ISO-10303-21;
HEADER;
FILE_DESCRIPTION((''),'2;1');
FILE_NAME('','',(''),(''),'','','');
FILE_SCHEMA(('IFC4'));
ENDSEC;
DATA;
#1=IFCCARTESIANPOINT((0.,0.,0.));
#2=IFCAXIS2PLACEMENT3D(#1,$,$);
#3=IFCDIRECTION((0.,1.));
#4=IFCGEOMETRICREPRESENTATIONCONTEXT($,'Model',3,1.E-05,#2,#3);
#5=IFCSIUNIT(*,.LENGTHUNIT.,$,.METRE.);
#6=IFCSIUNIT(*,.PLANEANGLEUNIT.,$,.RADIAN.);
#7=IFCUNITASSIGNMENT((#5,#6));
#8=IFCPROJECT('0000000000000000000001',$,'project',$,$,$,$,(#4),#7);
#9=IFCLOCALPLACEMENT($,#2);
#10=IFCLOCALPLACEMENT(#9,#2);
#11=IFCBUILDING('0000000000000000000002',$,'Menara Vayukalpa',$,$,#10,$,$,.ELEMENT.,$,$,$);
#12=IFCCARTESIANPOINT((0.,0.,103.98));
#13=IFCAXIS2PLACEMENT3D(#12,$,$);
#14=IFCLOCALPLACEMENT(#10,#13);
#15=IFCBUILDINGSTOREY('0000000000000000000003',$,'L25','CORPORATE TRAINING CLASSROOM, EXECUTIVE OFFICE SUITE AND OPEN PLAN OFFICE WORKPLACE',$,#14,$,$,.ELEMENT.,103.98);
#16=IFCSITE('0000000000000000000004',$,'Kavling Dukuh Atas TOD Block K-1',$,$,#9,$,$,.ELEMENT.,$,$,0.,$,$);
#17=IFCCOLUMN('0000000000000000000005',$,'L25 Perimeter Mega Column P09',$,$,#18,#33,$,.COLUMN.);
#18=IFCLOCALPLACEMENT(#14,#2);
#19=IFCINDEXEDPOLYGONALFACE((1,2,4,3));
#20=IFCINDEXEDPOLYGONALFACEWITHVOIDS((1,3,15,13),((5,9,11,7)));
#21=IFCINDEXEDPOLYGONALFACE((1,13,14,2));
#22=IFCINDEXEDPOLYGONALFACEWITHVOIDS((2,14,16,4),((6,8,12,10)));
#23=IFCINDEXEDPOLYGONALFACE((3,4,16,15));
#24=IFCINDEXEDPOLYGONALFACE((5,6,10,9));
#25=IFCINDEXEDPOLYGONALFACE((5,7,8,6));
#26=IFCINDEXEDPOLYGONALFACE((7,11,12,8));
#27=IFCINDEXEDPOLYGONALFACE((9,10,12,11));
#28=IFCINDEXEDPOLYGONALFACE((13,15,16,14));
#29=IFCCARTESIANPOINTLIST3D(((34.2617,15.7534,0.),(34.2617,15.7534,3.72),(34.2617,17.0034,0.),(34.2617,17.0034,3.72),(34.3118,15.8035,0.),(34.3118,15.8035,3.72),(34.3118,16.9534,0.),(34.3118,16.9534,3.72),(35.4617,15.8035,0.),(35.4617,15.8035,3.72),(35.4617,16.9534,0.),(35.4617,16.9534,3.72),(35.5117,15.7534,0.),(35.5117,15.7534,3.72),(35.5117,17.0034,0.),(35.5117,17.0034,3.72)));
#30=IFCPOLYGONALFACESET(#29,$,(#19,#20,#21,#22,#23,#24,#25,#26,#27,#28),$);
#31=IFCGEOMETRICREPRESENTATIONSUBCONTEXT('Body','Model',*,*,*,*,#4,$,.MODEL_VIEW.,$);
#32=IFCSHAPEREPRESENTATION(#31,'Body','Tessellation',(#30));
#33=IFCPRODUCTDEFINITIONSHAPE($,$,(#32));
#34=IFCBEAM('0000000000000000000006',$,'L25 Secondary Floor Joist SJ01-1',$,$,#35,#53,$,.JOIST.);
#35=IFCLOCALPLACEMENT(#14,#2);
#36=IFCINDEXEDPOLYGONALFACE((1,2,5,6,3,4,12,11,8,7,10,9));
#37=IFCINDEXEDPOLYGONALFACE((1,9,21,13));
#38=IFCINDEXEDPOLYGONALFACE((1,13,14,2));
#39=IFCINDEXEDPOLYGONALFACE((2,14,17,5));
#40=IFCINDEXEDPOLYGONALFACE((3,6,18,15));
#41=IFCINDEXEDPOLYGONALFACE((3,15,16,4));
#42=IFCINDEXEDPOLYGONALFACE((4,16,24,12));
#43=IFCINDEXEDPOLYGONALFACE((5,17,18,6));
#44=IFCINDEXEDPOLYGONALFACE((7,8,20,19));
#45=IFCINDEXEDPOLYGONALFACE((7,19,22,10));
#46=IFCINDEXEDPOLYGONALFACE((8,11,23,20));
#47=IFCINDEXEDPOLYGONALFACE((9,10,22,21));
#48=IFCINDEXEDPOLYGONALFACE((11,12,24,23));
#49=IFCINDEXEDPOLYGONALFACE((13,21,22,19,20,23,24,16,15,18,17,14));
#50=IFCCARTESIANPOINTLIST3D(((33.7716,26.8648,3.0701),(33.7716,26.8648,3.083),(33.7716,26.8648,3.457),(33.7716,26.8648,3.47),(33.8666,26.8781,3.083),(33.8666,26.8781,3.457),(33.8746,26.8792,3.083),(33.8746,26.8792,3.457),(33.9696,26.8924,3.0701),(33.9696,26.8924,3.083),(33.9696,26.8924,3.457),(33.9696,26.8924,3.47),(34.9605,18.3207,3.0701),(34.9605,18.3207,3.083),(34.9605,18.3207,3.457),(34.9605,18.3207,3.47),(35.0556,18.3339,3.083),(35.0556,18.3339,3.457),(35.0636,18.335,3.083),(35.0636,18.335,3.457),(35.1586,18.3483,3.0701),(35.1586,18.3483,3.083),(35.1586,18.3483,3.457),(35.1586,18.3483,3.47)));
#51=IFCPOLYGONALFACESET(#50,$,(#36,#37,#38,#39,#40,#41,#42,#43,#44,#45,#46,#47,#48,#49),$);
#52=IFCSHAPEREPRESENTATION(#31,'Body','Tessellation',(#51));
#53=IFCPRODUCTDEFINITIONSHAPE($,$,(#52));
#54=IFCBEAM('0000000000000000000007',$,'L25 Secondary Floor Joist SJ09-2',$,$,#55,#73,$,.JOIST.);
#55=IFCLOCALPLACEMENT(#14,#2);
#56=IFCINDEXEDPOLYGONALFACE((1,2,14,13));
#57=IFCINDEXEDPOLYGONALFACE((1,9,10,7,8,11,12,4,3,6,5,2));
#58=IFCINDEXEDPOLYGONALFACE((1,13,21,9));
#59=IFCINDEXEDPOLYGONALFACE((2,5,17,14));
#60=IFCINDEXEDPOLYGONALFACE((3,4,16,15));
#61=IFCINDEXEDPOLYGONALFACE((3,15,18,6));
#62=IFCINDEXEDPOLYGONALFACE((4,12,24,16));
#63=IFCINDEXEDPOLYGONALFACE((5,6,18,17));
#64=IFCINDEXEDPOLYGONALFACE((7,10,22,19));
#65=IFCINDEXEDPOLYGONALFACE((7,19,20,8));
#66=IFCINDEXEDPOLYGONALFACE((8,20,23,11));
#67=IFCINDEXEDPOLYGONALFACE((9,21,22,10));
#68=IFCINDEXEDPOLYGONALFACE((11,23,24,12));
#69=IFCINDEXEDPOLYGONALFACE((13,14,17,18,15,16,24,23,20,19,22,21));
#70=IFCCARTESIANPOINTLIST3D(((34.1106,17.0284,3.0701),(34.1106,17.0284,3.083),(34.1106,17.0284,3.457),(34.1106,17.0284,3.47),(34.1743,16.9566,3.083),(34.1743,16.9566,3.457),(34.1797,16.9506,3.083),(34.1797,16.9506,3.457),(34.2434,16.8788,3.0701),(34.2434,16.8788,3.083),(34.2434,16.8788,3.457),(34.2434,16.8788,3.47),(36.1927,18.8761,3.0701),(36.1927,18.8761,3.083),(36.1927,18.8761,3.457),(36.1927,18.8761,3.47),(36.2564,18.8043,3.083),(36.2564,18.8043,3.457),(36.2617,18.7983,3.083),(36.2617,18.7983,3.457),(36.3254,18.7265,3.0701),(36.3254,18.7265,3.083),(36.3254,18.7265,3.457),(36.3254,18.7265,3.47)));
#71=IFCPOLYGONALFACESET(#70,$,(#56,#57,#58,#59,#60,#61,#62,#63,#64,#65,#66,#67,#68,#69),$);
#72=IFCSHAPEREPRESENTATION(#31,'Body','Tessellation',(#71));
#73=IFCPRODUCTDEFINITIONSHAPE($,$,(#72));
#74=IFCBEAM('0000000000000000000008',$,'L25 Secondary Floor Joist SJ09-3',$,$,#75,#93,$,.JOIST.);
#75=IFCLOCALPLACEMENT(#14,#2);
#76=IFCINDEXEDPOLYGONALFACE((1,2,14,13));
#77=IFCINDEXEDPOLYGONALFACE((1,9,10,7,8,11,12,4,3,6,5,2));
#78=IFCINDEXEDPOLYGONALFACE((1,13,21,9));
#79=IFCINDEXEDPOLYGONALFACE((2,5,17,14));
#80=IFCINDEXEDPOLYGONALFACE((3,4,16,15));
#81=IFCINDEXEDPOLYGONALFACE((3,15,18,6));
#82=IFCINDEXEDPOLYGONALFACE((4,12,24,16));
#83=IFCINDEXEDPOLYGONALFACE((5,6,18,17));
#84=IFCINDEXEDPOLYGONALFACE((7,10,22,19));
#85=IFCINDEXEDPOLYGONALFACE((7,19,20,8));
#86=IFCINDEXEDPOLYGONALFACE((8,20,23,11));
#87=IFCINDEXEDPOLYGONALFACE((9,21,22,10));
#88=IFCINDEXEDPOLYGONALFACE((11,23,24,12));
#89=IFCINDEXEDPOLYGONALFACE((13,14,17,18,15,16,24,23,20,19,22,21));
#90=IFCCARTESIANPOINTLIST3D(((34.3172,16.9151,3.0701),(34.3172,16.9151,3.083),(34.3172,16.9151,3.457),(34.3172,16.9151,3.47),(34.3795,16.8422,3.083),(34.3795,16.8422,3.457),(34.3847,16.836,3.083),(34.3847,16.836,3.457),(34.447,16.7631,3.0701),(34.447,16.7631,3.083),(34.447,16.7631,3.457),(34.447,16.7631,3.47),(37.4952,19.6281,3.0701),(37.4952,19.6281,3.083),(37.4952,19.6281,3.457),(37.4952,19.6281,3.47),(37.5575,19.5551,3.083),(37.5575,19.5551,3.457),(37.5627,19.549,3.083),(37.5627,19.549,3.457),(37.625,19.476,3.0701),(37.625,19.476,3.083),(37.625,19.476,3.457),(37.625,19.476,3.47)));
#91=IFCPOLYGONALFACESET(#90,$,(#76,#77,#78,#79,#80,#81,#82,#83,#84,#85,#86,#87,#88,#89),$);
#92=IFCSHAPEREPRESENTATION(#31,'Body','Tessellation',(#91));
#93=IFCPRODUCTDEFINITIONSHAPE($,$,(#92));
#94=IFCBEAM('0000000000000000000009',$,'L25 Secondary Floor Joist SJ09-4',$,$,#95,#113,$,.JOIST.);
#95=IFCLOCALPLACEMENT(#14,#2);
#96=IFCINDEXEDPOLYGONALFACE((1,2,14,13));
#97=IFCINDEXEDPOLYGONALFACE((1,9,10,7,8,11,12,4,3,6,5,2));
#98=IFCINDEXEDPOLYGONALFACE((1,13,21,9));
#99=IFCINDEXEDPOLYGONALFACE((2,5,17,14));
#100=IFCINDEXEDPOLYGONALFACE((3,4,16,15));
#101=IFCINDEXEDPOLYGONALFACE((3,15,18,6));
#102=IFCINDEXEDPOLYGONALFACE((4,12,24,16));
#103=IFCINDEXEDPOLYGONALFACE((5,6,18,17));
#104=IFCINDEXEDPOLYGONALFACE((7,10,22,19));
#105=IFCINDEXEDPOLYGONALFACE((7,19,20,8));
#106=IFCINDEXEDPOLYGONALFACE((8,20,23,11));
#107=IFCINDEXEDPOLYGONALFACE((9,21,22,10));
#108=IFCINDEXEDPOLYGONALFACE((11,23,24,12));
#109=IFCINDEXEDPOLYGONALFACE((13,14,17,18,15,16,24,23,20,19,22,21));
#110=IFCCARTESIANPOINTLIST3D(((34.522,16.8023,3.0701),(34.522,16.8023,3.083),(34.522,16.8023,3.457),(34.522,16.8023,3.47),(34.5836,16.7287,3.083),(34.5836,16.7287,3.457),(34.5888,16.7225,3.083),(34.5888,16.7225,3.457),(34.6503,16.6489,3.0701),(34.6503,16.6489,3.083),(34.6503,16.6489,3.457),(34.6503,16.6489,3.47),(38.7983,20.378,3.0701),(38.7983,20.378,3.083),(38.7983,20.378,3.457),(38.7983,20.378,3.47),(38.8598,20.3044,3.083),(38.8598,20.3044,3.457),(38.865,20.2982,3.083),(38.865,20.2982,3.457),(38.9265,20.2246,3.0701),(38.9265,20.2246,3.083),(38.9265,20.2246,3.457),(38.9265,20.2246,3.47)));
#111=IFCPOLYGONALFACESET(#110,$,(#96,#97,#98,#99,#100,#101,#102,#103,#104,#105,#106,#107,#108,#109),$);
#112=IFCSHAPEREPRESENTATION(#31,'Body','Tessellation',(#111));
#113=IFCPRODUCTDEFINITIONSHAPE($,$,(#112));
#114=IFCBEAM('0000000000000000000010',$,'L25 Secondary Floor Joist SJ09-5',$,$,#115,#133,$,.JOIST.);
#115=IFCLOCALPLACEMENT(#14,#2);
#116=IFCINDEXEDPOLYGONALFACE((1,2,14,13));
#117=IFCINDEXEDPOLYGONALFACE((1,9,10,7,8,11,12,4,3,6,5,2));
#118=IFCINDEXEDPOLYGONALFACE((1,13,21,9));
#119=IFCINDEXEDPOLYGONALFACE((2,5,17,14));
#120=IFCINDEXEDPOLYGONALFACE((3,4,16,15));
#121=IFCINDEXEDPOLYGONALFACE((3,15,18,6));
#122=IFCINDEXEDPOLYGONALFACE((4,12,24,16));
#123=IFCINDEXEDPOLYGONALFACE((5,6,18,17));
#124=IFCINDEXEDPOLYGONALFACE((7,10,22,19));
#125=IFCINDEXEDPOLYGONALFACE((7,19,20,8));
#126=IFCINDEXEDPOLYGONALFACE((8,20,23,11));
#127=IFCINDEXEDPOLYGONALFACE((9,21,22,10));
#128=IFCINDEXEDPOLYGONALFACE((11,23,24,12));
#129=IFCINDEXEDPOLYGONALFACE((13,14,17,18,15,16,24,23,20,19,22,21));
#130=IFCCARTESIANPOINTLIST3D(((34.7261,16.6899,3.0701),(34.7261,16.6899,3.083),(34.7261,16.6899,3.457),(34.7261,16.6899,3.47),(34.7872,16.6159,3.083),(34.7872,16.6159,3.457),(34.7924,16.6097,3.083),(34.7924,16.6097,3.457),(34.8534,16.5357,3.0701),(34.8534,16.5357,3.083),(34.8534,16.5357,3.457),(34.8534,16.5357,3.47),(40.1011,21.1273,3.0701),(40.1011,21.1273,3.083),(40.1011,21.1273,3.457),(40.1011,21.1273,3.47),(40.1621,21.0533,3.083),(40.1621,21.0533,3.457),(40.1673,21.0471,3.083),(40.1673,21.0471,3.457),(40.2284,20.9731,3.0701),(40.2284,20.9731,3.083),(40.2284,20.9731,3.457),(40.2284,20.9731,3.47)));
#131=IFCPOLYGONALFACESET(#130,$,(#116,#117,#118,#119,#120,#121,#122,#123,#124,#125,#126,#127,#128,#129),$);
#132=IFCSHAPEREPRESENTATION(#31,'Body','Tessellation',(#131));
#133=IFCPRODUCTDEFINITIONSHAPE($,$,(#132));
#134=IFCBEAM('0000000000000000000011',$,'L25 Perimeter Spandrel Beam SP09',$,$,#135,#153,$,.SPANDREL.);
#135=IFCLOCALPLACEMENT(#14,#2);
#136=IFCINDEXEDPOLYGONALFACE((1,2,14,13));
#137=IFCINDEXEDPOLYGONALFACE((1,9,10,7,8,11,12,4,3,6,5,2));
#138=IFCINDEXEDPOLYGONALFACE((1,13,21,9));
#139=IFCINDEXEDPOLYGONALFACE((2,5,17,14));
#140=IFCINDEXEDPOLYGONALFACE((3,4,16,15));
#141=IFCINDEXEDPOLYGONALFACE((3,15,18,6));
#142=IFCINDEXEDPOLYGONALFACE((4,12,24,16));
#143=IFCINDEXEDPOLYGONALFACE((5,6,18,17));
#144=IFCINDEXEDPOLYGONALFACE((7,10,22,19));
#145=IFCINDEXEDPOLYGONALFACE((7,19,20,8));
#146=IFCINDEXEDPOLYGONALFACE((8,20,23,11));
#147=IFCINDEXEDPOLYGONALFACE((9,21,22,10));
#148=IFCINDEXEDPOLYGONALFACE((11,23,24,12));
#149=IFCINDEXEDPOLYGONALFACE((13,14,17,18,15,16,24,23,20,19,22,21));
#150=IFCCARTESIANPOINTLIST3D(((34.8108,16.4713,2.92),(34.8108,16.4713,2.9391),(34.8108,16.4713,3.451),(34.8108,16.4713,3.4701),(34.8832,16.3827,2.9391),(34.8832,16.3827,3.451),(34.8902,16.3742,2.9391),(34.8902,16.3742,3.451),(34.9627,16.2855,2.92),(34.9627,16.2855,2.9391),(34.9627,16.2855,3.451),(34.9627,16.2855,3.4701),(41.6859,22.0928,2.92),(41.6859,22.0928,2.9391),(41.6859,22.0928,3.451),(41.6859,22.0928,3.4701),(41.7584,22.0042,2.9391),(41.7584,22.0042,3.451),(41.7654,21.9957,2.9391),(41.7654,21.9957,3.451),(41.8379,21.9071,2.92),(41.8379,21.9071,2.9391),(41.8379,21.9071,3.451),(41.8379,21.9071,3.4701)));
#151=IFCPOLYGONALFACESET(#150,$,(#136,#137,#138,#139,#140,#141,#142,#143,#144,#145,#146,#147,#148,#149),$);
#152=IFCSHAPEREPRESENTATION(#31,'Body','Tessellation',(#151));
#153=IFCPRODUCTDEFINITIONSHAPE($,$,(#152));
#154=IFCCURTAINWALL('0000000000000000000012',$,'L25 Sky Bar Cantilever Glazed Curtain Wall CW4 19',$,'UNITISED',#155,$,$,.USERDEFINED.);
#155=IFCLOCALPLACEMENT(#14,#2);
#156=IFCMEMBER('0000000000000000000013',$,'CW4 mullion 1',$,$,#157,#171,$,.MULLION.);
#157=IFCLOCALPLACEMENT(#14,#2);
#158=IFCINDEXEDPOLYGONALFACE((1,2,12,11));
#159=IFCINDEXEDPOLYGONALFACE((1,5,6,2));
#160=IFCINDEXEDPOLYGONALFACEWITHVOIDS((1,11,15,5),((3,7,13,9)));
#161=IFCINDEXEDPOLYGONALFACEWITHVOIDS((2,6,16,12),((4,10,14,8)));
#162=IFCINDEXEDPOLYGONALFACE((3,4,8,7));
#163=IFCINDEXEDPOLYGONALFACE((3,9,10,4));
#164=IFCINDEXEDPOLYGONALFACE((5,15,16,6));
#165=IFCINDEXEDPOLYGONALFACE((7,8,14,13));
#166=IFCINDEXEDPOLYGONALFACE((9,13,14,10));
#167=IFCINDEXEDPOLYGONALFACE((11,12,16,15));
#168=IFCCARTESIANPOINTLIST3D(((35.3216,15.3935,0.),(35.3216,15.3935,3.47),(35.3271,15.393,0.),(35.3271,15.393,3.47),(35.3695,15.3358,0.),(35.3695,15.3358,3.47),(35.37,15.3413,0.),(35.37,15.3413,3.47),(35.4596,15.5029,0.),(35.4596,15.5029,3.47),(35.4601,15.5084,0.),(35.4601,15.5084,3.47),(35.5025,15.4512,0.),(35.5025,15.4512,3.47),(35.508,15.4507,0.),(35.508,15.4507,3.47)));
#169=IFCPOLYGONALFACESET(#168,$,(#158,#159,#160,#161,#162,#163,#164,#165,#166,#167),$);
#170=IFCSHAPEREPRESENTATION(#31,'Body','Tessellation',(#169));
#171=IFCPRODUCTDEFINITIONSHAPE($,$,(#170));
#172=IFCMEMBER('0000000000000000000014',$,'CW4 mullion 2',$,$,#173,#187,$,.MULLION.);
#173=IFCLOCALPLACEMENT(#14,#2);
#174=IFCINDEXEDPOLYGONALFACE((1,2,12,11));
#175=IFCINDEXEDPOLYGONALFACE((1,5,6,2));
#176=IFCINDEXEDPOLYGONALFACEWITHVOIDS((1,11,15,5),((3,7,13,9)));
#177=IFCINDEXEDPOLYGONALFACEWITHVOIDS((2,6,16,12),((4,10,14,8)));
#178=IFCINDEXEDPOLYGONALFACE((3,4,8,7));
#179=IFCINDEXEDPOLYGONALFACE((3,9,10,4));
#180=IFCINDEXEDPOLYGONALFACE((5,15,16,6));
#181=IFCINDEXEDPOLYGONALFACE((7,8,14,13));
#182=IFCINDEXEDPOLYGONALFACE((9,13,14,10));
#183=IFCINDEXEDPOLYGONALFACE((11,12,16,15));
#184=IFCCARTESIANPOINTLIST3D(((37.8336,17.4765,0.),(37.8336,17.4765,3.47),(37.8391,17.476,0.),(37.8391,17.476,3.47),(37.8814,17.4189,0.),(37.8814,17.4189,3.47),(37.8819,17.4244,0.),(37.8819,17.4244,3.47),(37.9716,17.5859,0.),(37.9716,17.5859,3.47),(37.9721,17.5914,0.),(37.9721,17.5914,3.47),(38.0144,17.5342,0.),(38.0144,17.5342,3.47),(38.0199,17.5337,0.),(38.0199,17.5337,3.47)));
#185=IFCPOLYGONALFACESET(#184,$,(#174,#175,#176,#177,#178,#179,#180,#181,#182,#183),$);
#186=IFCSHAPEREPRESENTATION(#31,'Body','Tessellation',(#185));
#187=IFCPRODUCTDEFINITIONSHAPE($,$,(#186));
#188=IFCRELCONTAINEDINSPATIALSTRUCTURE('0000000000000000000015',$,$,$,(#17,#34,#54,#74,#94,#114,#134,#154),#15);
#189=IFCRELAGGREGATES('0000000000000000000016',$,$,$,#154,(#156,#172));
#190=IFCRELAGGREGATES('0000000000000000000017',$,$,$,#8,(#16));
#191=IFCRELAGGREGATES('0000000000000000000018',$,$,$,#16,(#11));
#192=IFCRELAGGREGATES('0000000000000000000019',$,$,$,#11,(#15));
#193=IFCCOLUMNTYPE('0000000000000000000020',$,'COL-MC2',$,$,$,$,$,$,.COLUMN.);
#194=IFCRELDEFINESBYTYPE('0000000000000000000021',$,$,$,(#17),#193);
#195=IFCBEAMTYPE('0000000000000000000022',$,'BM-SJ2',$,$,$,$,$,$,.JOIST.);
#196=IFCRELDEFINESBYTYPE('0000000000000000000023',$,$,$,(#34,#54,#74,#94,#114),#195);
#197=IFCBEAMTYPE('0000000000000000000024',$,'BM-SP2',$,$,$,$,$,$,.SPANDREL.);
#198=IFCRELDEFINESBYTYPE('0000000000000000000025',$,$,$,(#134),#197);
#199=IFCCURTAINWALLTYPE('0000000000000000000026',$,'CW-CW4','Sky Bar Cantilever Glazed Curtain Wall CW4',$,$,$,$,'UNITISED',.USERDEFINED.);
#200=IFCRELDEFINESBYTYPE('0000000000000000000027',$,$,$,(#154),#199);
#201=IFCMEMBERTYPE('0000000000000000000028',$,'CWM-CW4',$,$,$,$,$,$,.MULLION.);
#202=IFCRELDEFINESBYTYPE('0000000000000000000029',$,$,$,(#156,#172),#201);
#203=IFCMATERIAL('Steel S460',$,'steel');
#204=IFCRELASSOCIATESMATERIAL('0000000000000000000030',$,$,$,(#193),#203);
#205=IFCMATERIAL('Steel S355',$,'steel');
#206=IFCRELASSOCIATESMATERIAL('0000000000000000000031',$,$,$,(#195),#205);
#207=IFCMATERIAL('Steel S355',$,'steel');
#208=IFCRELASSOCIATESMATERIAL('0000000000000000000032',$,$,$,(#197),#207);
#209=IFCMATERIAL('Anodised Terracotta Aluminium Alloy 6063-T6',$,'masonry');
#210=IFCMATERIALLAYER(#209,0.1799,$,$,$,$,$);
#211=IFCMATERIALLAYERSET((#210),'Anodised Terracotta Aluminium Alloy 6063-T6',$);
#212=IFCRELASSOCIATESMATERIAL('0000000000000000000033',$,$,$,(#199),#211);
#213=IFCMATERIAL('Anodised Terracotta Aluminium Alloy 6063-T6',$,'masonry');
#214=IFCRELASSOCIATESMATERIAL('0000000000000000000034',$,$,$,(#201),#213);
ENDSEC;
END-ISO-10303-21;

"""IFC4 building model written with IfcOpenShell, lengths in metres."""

from ifc_helpers import new_model, si_unit, direction, frame, origin, origin_2d, place, context, subcontext, project, spatial, hollow_rectangle, i_section, extrude, material, layer, layer_set, material_profile, profile_set, type_object, element, aggregate, save


model = new_model("IFC4")

# Units and contexts
model_context = context("Model", 3, precision=1e-05, world=origin(), true_north=direction((0.0, 1.0)))
body_context = subcontext(model_context, "Body", "Model", "MODEL_VIEW")
ifc_project = project(units=[si_unit("LENGTHUNIT", "METRE"), si_unit("PLANEANGLEUNIT", "RADIAN")], contexts=[model_context])

# Site, building, storey
site_placement = place(None, origin())
site = spatial("IfcSite", under=ifc_project, at=site_placement, Name="Kavling Dukuh Atas TOD Block K-1", CompositionType="ELEMENT", RefElevation=0.0)
building_placement = place(site_placement, origin())
building = spatial("IfcBuilding", under=site, at=building_placement, Name="Menara Vayukalpa", CompositionType="ELEMENT")
storey_placement = place(building_placement, frame((0.0, 0.0, 103.98)))
storey = spatial("IfcBuildingStorey", under=building, at=storey_placement, Name="L25", Description="CORPORATE TRAINING CLASSROOM, EXECUTIVE OFFICE SUITE AND OPEN PLAN OFFICE WORKPLACE", CompositionType="ELEMENT", Elevation=103.98)

# Column
ifc_material_1 = material(Name="Steel S460", Category="steel")
ifc_material_profile_1 = material_profile(ifc_material_1, hollow_rectangle(XDim=1.25, YDim=1.25, WallThickness=0.05, at=origin_2d()), Name="BOX 1250x1250x50")
ifc_profile_set_1 = profile_set([ifc_material_profile_1], Name="Steel S460")
column_type = type_object("IfcColumnType", Name="COL-MC2", PredefinedType="COLUMN", material=ifc_profile_set_1)
column_placement = place(storey_placement, frame((34.8867, 16.3784, 0.0), z_axis=(0.0, 0.0, 1.0), x_axis=(1.0, 0.0, 0.0)))
element("IfcColumn", 1, at=column_placement, inside=storey, type_object=column_type, Name="L25 Perimeter Mega Column P09", PredefinedType="COLUMN", context=body_context, shape_type="SweptSolid", body=[
    extrude(hollow_rectangle(XDim=1.25, YDim=1.25, WallThickness=0.05, at=origin_2d()), origin(), (0.0, 0.0, 1.0), 3.72),
])

# Beams
ifc_material_2 = material(Name="Steel S355", Category="steel")
ifc_material_profile_2 = material_profile(ifc_material_2, i_section(OverallWidth=0.2, OverallDepth=0.3999, WebThickness=0.0081, FlangeThickness=0.0129, at=origin_2d()), Name="WF 400x200x8x13")
ifc_profile_set_2 = profile_set([ifc_material_profile_2], Name="Steel S355")
beam_type_1 = type_object("IfcBeamType", Name="BM-SJ2", PredefinedType="JOIST", material=ifc_profile_set_2)
beam_1_placement = place(storey_placement, frame((35.0596, 18.3345, 3.27), z_axis=(-0.137827, 0.990456, 0.0), x_axis=(-0.990456, -0.137827, 0.0)))
element("IfcBeam", 2, at=beam_1_placement, inside=storey, type_object=beam_type_1, Name="L25 Secondary Floor Joist SJ01-1", PredefinedType="JOIST", context=body_context, shape_type="SweptSolid", body=[
    extrude(i_section(OverallWidth=0.2, OverallDepth=0.3999, WebThickness=0.0081, FlangeThickness=0.0129, at=origin_2d()), origin(), (0.0, 0.0, 1.0), 8.6265),
])
beam_2_placement = place(storey_placement, frame((34.177, 16.9536, 3.27), z_axis=(0.747951, 0.663754, 0.0), x_axis=(-0.663754, 0.747951, 0.0)))
element("IfcBeam", 3, at=beam_2_placement, inside=storey, type_object=beam_type_1, Name="L25 Secondary Floor Joist SJ09-2", PredefinedType="JOIST", context=body_context, shape_type="SweptSolid", body=[
    extrude(i_section(OverallWidth=0.2, OverallDepth=0.3999, WebThickness=0.0081, FlangeThickness=0.0129, at=origin_2d()), origin(), (0.0, 0.0, 1.0), 2.7837),
])
beam_3_placement = place(storey_placement, frame((34.3821, 16.8391, 3.27), z_axis=(0.760567, 0.64926, 0.0), x_axis=(-0.64926, 0.760567, 0.0)))
element("IfcBeam", 4, at=beam_3_placement, inside=storey, type_object=beam_type_1, Name="L25 Secondary Floor Joist SJ09-3", PredefinedType="JOIST", context=body_context, shape_type="SweptSolid", body=[
    extrude(i_section(OverallWidth=0.2, OverallDepth=0.3999, WebThickness=0.0081, FlangeThickness=0.0129, at=origin_2d()), origin(), (0.0, 0.0, 1.0), 4.1785),
])
beam_4_placement = place(storey_placement, frame((34.5862, 16.7256, 3.27), z_axis=(0.76714, 0.64148, 0.0), x_axis=(-0.64148, 0.76714, 0.0)))
element("IfcBeam", 5, at=beam_4_placement, inside=storey, type_object=beam_type_1, Name="L25 Secondary Floor Joist SJ09-4", PredefinedType="JOIST", context=body_context, shape_type="SweptSolid", body=[
    extrude(i_section(OverallWidth=0.2, OverallDepth=0.3999, WebThickness=0.0081, FlangeThickness=0.0129, at=origin_2d()), origin(), (0.0, 0.0, 1.0), 5.5742),
])
beam_5_placement = place(storey_placement, frame((34.7898, 16.6128, 3.27), z_axis=(0.771153, 0.63665, 0.0), x_axis=(-0.63665, 0.771153, 0.0)))
element("IfcBeam", 6, at=beam_5_placement, inside=storey, type_object=beam_type_1, Name="L25 Secondary Floor Joist SJ09-5", PredefinedType="JOIST", context=body_context, shape_type="SweptSolid", body=[
    extrude(i_section(OverallWidth=0.2, OverallDepth=0.3999, WebThickness=0.0081, FlangeThickness=0.0129, at=origin_2d()), origin(), (0.0, 0.0, 1.0), 6.97),
])
ifc_material_3 = material(Name="Steel S355", Category="steel")
ifc_material_profile_3 = material_profile(ifc_material_3, i_section(OverallWidth=0.24, OverallDepth=0.55, WebThickness=0.011, FlangeThickness=0.019, at=origin_2d()), Name="WF 550x240x11x19")
ifc_profile_set_3 = profile_set([ifc_material_profile_3], Name="Steel S355")
beam_type_2 = type_object("IfcBeamType", Name="BM-SP2", PredefinedType="SPANDREL", material=ifc_profile_set_3)
beam_6_placement = place(storey_placement, frame((34.8867, 16.3784, 3.1951), z_axis=(0.774157, 0.632994, 0.0), x_axis=(-0.632994, 0.774157, 0.0)))
element("IfcBeam", 7, at=beam_6_placement, inside=storey, type_object=beam_type_2, Name="L25 Perimeter Spandrel Beam SP09", PredefinedType="SPANDREL", context=body_context, shape_type="SweptSolid", body=[
    extrude(i_section(OverallWidth=0.24, OverallDepth=0.55, WebThickness=0.011, FlangeThickness=0.019, at=origin_2d()), origin(), (0.0, 0.0, 1.0), 8.8809),
])

# Curtain wall, members
ifc_material_4 = material(Name="Anodised Terracotta Aluminium Alloy 6063-T6", Category="masonry")
ifc_layer_1 = layer(ifc_material_4, 0.1799)
ifc_layer_set_1 = layer_set([ifc_layer_1], Name="Anodised Terracotta Aluminium Alloy 6063-T6")
curtain_wall_type = type_object("IfcCurtainWallType", Name="CW-CW4", Description="Sky Bar Cantilever Glazed Curtain Wall CW4", ElementType="UNITISED", PredefinedType="USERDEFINED", material=ifc_layer_set_1)
curtain_wall_placement = place(storey_placement, origin())
curtain_wall = element("IfcCurtainWall", 8, at=curtain_wall_placement, inside=storey, type_object=curtain_wall_type, Name="L25 Sky Bar Cantilever Glazed Curtain Wall CW4 19", ObjectType="UNITISED", PredefinedType="USERDEFINED")
ifc_material_5 = material(Name="Anodised Terracotta Aluminium Alloy 6063-T6", Category="masonry")
ifc_material_profile_4 = material_profile(ifc_material_5, hollow_rectangle(XDim=0.075, YDim=0.1799, WallThickness=0.0039, at=origin_2d()), Name="ALU 75x180x4")
ifc_profile_set_4 = profile_set([ifc_material_profile_4], Name="Anodised Terracotta Aluminium Alloy 6063-T6")
member_type_1 = type_object("IfcMemberType", Name="CWM-CW4", PredefinedType="MULLION", material=ifc_profile_set_4)
member_1_placement = place(storey_placement, frame((35.4148, 15.4221, 0.0), z_axis=(0.0, 0.0, 1.0), x_axis=(-0.638346, 0.76975, 0.0)))
member_1 = element("IfcMember", 9, at=member_1_placement, type_object=member_type_1, Name="CW4 mullion 1", PredefinedType="MULLION", context=body_context, shape_type="SweptSolid", body=[
    extrude(hollow_rectangle(XDim=0.075, YDim=0.1799, WallThickness=0.0039, at=origin_2d()), origin(), (0.0, 0.0, 1.0), 3.47),
])
member_2_placement = place(storey_placement, frame((37.9268, 17.5051, 0.0), z_axis=(0.0, 0.0, 1.0), x_axis=(-0.638346, 0.76975, 0.0)))
member_2 = element("IfcMember", 10, at=member_2_placement, type_object=member_type_1, Name="CW4 mullion 2", PredefinedType="MULLION", context=body_context, shape_type="SweptSolid", body=[
    extrude(hollow_rectangle(XDim=0.075, YDim=0.1799, WallThickness=0.0039, at=origin_2d()), origin(), (0.0, 0.0, 1.0), 3.47),
])
aggregate(curtain_wall, [member_1, member_2])

save(model, "model.ifc")
